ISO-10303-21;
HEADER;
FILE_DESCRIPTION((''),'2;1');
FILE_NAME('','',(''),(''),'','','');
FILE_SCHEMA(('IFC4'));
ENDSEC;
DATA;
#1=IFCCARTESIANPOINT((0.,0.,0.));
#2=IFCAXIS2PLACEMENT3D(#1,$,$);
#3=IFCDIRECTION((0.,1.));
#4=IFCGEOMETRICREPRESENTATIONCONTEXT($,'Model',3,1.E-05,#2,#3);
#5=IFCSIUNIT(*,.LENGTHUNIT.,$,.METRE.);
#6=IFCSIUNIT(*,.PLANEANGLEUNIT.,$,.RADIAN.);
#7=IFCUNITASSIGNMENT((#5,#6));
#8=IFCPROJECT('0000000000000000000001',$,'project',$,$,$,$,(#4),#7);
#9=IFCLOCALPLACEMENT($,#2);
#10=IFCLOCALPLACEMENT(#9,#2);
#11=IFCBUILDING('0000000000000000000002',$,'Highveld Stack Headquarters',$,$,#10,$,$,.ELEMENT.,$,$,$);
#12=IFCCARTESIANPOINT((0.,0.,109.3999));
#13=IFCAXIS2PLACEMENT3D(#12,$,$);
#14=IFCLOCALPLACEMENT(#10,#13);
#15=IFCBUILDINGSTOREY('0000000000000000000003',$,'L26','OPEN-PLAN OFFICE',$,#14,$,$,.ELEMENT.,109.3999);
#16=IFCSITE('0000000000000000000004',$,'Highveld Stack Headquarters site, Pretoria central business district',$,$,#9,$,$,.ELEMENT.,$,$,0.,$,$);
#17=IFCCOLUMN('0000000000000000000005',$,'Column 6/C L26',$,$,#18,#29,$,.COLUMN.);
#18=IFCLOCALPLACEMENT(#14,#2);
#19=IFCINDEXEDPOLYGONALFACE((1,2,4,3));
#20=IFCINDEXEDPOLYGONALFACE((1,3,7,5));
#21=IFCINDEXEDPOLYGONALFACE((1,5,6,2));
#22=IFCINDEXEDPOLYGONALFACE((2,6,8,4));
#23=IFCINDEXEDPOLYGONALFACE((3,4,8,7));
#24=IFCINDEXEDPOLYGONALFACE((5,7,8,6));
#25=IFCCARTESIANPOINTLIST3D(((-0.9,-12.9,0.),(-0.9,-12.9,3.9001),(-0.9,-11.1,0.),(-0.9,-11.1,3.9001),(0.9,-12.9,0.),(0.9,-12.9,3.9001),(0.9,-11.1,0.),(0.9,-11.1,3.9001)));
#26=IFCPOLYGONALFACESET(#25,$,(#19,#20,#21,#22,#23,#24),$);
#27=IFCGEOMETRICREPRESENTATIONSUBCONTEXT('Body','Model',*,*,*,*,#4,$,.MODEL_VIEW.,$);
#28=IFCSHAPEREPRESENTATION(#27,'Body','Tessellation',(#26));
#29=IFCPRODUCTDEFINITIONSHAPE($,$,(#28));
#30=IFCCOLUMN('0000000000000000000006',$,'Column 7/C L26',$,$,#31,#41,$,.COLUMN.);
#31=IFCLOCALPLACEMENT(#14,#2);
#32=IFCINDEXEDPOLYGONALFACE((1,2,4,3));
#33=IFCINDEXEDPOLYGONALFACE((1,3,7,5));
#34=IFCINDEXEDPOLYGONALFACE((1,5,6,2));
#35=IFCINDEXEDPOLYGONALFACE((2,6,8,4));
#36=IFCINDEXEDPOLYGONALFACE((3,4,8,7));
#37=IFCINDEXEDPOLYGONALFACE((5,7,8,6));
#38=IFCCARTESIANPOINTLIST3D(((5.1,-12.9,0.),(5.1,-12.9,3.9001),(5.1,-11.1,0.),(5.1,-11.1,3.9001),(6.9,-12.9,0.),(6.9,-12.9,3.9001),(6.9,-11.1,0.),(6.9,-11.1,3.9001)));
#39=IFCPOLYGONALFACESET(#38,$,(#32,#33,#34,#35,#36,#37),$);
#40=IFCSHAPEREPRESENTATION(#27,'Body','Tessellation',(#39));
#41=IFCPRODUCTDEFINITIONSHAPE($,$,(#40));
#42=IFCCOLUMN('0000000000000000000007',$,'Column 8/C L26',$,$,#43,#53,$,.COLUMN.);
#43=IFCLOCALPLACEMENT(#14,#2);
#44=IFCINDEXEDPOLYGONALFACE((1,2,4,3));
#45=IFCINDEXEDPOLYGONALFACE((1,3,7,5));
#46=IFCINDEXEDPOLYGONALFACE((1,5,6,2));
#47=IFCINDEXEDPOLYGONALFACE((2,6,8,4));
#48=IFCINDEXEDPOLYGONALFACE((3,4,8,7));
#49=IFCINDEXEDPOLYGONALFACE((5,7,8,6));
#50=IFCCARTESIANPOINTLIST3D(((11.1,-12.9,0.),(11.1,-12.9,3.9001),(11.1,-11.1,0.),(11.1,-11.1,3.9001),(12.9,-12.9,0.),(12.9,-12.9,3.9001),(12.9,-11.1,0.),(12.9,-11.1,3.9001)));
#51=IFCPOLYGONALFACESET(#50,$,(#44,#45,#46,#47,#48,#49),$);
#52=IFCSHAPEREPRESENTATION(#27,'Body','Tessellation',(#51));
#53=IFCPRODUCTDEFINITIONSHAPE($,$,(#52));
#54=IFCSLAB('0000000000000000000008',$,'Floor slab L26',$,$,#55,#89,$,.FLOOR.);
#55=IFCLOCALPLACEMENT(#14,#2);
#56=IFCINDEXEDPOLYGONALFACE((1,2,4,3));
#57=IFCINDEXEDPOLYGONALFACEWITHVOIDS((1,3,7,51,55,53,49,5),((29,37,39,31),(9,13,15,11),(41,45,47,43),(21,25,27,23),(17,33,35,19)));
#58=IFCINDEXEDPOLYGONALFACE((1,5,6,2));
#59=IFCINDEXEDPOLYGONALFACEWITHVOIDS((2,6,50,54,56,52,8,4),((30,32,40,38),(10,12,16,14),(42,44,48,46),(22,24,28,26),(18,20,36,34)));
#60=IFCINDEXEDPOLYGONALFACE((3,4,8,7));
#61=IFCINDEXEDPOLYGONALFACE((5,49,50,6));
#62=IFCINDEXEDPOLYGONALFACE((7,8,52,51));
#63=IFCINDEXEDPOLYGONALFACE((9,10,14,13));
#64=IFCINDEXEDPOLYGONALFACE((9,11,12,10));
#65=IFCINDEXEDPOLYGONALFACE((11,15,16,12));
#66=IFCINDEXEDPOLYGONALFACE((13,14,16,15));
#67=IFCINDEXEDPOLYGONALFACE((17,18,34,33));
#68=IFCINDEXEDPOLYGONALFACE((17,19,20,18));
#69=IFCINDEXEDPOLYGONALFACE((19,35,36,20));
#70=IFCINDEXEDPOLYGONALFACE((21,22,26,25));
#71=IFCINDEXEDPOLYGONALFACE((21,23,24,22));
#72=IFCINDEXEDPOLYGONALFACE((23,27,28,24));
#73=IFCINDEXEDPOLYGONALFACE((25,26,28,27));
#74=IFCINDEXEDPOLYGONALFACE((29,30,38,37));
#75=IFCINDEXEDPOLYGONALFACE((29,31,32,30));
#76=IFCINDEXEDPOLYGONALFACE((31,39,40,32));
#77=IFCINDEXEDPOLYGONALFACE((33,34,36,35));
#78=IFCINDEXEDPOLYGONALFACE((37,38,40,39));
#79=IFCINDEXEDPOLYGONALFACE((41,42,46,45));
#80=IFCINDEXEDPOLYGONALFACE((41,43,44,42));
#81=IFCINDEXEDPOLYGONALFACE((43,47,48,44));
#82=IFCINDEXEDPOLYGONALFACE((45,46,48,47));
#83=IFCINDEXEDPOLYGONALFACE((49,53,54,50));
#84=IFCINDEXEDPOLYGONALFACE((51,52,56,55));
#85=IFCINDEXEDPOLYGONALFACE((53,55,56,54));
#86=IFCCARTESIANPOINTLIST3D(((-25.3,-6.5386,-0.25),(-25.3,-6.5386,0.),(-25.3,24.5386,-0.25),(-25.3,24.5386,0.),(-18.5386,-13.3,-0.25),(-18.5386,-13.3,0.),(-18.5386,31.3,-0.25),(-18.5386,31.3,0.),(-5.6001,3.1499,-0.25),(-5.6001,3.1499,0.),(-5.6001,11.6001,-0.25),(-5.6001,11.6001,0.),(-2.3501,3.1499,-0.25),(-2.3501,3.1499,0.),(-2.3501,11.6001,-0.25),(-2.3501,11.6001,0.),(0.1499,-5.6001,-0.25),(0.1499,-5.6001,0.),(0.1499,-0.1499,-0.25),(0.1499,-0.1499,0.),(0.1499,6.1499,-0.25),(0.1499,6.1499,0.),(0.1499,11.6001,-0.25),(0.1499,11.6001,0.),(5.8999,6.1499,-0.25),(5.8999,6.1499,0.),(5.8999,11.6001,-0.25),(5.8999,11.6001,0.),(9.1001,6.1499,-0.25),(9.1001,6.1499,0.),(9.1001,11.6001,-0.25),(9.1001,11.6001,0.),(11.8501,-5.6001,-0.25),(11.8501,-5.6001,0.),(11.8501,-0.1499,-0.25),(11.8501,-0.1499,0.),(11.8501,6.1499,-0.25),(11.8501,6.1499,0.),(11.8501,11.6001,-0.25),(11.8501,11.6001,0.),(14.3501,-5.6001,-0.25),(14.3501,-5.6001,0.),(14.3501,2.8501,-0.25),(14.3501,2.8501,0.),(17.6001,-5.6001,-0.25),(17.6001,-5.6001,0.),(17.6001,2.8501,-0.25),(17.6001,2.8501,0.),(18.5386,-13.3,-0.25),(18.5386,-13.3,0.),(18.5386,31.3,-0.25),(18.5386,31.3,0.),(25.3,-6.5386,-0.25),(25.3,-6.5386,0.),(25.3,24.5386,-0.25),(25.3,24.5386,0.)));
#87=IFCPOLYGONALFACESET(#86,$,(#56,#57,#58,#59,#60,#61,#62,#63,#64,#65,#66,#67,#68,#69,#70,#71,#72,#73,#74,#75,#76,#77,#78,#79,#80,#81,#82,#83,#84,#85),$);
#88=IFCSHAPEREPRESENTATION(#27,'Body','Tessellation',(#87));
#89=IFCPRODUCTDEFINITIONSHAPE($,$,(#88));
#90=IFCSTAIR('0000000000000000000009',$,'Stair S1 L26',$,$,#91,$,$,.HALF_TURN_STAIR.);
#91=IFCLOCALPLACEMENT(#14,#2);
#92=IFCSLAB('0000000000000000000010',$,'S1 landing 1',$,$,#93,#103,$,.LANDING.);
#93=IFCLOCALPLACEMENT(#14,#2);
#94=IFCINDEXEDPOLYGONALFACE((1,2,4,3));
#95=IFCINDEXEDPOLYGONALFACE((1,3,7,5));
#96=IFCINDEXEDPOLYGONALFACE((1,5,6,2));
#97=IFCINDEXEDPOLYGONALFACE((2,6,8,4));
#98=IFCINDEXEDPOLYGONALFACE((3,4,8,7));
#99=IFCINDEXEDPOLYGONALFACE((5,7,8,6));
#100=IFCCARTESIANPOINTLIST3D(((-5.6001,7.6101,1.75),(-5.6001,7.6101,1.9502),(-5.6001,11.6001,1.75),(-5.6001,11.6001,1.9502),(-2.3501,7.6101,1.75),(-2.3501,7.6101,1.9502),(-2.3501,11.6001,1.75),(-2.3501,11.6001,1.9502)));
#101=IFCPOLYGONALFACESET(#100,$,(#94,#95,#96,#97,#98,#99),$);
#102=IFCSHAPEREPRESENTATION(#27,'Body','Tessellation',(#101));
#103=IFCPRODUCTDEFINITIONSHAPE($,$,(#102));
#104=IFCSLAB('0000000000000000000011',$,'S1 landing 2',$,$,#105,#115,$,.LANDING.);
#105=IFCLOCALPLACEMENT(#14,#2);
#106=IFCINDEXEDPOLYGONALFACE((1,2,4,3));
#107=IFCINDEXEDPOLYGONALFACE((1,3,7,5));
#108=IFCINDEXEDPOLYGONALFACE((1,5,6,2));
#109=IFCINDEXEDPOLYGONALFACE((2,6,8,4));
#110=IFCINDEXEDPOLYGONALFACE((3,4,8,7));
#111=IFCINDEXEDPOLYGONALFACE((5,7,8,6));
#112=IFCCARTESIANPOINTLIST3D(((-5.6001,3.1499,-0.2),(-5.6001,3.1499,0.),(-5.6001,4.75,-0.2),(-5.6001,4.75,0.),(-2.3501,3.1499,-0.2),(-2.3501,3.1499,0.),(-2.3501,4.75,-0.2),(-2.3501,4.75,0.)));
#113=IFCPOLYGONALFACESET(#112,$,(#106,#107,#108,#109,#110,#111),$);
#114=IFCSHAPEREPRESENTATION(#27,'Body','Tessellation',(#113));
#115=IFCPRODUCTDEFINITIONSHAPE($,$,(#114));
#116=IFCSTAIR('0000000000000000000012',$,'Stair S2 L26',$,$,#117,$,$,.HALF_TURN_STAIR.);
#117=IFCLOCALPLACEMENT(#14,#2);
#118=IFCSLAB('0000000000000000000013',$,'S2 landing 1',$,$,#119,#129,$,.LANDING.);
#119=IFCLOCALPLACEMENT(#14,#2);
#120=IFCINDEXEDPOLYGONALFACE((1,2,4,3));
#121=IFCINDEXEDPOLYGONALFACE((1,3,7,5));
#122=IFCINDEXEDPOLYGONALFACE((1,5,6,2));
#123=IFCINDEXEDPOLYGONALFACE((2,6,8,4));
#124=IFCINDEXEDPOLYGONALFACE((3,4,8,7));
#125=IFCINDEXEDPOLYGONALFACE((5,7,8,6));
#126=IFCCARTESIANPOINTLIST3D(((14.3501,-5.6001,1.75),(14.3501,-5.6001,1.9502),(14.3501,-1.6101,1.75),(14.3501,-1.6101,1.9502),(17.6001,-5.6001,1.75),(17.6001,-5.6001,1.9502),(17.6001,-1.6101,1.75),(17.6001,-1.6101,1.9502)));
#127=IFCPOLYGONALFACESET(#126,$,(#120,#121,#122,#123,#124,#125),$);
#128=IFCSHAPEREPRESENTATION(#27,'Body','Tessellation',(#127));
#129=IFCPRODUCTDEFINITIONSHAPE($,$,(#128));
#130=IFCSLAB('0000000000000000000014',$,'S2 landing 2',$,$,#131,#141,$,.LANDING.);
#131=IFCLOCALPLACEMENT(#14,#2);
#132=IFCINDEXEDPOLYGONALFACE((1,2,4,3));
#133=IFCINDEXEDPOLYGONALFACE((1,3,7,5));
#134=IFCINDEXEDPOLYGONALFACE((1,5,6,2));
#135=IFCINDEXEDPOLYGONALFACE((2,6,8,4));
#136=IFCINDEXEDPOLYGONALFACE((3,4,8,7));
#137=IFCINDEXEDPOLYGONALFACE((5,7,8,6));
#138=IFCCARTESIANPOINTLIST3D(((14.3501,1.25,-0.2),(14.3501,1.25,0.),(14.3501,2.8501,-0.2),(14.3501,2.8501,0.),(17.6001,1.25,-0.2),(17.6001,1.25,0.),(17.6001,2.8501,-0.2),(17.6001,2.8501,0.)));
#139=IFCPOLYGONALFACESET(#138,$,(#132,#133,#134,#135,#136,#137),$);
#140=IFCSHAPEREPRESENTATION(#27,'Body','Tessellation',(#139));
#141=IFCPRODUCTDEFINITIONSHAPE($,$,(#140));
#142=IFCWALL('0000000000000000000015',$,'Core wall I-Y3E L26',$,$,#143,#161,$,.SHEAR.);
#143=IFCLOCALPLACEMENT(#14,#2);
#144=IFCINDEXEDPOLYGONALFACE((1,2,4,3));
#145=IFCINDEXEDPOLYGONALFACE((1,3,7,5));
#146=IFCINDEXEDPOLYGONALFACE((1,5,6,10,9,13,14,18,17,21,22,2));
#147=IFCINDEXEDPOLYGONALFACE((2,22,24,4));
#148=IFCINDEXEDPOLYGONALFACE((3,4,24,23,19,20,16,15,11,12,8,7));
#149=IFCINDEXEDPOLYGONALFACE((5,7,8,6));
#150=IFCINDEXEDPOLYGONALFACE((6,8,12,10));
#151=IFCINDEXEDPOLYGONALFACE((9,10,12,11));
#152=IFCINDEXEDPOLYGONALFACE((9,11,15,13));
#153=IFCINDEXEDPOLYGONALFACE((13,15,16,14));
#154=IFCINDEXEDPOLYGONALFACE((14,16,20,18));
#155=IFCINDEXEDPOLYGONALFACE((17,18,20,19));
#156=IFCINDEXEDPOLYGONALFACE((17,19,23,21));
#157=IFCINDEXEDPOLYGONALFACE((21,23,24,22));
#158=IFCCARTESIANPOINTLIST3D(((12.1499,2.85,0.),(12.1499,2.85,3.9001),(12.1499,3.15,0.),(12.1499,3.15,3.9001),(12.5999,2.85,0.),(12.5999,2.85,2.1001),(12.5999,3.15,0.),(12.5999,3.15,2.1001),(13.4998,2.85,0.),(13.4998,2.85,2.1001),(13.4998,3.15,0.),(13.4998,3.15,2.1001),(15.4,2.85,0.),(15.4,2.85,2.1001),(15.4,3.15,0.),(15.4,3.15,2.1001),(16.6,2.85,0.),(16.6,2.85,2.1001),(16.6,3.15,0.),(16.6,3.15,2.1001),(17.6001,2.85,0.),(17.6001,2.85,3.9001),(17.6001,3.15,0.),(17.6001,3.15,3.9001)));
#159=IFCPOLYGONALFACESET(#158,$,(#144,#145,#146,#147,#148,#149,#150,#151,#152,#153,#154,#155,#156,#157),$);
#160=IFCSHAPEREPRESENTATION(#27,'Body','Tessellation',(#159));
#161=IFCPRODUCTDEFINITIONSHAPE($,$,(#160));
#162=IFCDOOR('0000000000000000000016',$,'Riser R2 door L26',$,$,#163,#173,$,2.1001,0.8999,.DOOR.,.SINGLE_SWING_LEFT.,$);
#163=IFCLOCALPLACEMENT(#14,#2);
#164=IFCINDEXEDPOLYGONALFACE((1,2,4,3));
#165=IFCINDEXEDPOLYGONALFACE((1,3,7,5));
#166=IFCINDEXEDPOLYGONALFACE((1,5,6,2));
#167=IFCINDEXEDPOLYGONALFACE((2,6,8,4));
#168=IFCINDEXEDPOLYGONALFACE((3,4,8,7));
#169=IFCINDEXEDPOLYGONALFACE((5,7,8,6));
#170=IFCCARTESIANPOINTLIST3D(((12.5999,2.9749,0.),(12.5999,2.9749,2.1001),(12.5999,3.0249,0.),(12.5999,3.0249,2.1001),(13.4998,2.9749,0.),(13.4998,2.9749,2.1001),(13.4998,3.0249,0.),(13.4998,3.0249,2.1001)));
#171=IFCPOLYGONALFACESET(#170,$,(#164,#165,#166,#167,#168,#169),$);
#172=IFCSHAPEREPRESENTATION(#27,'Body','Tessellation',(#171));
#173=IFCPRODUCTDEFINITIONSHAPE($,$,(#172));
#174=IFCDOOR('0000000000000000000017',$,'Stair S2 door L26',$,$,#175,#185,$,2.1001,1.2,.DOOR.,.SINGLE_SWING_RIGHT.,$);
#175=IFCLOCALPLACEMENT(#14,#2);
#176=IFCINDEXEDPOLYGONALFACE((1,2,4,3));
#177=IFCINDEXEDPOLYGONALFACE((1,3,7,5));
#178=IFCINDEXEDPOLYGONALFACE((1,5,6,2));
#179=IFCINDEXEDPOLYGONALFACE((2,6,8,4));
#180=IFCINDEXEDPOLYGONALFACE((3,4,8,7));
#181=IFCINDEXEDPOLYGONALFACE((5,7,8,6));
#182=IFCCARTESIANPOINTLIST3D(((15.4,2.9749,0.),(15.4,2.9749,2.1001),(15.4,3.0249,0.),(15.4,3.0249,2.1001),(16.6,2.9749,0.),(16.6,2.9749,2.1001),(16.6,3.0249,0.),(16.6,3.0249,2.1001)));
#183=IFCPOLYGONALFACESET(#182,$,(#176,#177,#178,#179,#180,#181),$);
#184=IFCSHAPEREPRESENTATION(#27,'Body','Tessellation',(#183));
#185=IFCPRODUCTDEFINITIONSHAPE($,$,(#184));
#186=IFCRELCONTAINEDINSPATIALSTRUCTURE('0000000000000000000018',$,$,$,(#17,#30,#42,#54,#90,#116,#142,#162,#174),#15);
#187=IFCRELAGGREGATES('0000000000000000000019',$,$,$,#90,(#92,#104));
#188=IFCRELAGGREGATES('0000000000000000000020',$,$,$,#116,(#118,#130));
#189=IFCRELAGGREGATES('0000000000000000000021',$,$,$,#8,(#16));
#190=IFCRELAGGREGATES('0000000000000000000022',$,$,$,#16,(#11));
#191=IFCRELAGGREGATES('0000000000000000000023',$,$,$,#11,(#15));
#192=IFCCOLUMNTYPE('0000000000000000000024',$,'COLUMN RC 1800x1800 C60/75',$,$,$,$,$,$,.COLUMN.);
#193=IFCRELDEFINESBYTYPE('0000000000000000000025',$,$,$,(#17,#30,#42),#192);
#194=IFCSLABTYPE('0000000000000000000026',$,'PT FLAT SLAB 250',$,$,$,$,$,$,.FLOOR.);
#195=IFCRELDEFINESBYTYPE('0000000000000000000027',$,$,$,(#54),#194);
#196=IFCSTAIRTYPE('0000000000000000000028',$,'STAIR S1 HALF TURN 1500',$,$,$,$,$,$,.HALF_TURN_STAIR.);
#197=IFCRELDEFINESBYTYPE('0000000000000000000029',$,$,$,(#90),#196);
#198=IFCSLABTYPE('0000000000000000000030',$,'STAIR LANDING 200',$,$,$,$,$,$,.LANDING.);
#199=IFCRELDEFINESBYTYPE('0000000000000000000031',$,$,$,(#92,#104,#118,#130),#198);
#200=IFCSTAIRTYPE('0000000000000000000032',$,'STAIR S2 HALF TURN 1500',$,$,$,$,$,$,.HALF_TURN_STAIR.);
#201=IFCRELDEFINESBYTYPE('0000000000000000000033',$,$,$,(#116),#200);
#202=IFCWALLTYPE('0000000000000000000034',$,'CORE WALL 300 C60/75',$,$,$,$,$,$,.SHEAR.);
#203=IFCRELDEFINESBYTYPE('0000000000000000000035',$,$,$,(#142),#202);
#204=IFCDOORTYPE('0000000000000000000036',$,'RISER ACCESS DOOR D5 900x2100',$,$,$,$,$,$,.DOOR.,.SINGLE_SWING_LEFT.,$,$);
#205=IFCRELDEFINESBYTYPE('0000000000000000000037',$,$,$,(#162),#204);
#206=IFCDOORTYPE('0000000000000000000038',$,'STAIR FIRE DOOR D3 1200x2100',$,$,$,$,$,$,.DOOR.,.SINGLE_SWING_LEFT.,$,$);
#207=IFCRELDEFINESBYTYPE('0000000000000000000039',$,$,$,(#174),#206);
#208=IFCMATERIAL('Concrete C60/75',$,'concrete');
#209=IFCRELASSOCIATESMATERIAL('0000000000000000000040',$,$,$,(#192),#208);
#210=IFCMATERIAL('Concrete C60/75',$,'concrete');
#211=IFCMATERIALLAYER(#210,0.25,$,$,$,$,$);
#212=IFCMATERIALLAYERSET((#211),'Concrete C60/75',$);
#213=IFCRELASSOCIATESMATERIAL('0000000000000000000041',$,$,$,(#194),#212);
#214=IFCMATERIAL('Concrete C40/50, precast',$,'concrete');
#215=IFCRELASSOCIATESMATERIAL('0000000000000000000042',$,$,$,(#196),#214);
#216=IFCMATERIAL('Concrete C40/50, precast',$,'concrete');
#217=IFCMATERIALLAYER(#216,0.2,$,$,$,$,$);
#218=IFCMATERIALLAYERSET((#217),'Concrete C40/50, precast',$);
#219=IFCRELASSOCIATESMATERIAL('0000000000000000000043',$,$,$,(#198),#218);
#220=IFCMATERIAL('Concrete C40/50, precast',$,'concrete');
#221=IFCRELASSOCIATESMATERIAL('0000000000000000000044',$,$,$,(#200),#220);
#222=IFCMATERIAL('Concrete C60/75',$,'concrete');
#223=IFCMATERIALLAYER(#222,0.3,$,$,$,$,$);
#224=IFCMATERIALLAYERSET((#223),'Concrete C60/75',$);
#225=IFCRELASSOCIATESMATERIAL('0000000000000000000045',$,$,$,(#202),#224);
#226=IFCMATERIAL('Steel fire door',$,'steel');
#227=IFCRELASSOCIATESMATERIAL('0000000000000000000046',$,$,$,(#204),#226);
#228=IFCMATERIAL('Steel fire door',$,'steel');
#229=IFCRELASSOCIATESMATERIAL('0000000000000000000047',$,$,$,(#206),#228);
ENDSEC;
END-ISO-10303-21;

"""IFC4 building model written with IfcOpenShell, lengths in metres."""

from ifc_helpers import new_model, si_unit, direction, frame, frame_2d, origin, origin_2d, place, context, subcontext, project, spatial, polyline, rectangle, outline, extrude, material, layer, layer_set, material_profile, profile_set, type_object, element, fill, aggregate, save


model = new_model("IFC4")

# Units and contexts
model_context = context("Model", 3, precision=1e-05, world=origin(), true_north=direction((0.0, 1.0)))
body_context = subcontext(model_context, "Body", "Model", "MODEL_VIEW")
ifc_project = project(units=[si_unit("LENGTHUNIT", "METRE"), si_unit("PLANEANGLEUNIT", "RADIAN")], contexts=[model_context])

# Site, building, storey
site_placement = place(None, origin())
site = spatial("IfcSite", under=ifc_project, at=site_placement, Name="Highveld Stack Headquarters site, Pretoria central business district", CompositionType="ELEMENT", RefElevation=0.0)
building_placement = place(site_placement, origin())
building = spatial("IfcBuilding", under=site, at=building_placement, Name="Highveld Stack Headquarters", CompositionType="ELEMENT")
storey_placement = place(building_placement, frame((0.0, 0.0, 109.3999)))
storey = spatial("IfcBuildingStorey", under=building, at=storey_placement, Name="L26", Description="OPEN-PLAN OFFICE", CompositionType="ELEMENT", Elevation=109.3999)

# Columns
ifc_material_1 = material(Name="Concrete C60/75", Category="concrete")
ifc_material_profile = material_profile(ifc_material_1, rectangle(XDim=1.8, YDim=1.8, at=origin_2d()), Name="RC 1800x1800")
ifc_profile_set = profile_set([ifc_material_profile], Name="Concrete C60/75")
column_type = type_object("IfcColumnType", Name="COLUMN RC 1800x1800 C60/75", PredefinedType="COLUMN", material=ifc_profile_set)
for number, where, z_axis, x_axis, name in (
    (1, (0.0, -12.0, 0.0), (0.0, 0.0, 1.0), (1.0, 0.0, 0.0), "Column 6/C L26"),
    (2, (6.0, -12.0, 0.0), (0.0, 0.0, 1.0), (1.0, 0.0, 0.0), "Column 7/C L26"),
    (3, (12.0, -12.0, 0.0), (0.0, 0.0, 1.0), (1.0, 0.0, 0.0), "Column 8/C L26"),
):
    element("IfcColumn", number, at=place(storey_placement, frame(where, z_axis=z_axis, x_axis=x_axis)), inside=storey, type_object=column_type, Name=name, PredefinedType="COLUMN", context=body_context, shape_type="SweptSolid", body=[
        extrude(rectangle(XDim=1.8, YDim=1.8, at=origin_2d()), origin(), (0.0, 0.0, 1.0), 3.9001),
    ])

# Slab
ifc_material_2 = material(Name="Concrete C60/75", Category="concrete")
ifc_layer_1 = layer(ifc_material_2, 0.25)
ifc_layer_set_1 = layer_set([ifc_layer_1], Name="Concrete C60/75")
slab_type_1 = type_object("IfcSlabType", Name="PT FLAT SLAB 250", PredefinedType="FLOOR", material=ifc_layer_set_1)
slab_1_placement = place(storey_placement, frame((0.0, 0.0, -0.25)))
element("IfcSlab", 4, at=slab_1_placement, inside=storey, type_object=slab_type_1, Name="Floor slab L26", PredefinedType="FLOOR", context=body_context, shape_type="SweptSolid", body=[
    extrude(outline(polyline([(-18.5386, -13.3), (18.5386, -13.3), (25.3, -6.5386), (25.3, 24.5386), (18.5386, 31.3), (-18.5386, 31.3), (-25.3, 24.5386), (-25.3, -6.5386), (-18.5386, -13.3)]), holes=[polyline([(0.1499, 6.1499), (5.8999, 6.1499), (5.8999, 11.6001), (0.1499, 11.6001), (0.1499, 6.1499)]), polyline([(9.1001, 6.1499), (11.8501, 6.1499), (11.8501, 11.6001), (9.1001, 11.6001), (9.1001, 6.1499)]), polyline([(0.1499, -5.6001), (11.8501, -5.6001), (11.8501, -0.1499), (0.1499, -0.1499), (0.1499, -5.6001)]), polyline([(-5.6001, 3.1499), (-2.3501, 3.1499), (-2.3501, 11.6001), (-5.6001, 11.6001), (-5.6001, 3.1499)]), polyline([(14.3501, -5.6001), (17.6001, -5.6001), (17.6001, 2.8501), (14.3501, 2.8501), (14.3501, -5.6001)])]), origin(), (0.0, 0.0, 1.0), 0.25),
])

# Stairs, slabs
ifc_material_3 = material(Name="Concrete C40/50, precast", Category="concrete")
stair_type_1 = type_object("IfcStairType", Name="STAIR S1 HALF TURN 1500", PredefinedType="HALF_TURN_STAIR", material=ifc_material_3)
stair_1_placement = place(storey_placement, origin())
stair_1 = element("IfcStair", 5, at=stair_1_placement, inside=storey, type_object=stair_type_1, Name="Stair S1 L26", PredefinedType="HALF_TURN_STAIR")
ifc_material_4 = material(Name="Concrete C40/50, precast", Category="concrete")
ifc_layer_2 = layer(ifc_material_4, 0.2)
ifc_layer_set_2 = layer_set([ifc_layer_2], Name="Concrete C40/50, precast")
slab_type_2 = type_object("IfcSlabType", Name="STAIR LANDING 200", PredefinedType="LANDING", material=ifc_layer_set_2)
slab_2_placement = place(storey_placement, frame((0.0, 0.0, 1.75)))
slab_2 = element("IfcSlab", 6, at=slab_2_placement, type_object=slab_type_2, Name="S1 landing 1", PredefinedType="LANDING", context=body_context, shape_type="SweptSolid", body=[
    extrude(outline(polyline([(-5.6001, 7.6101), (-2.3501, 7.6101), (-2.3501, 11.6001), (-5.6001, 11.6001), (-5.6001, 7.6101)])), origin(), (0.0, 0.0, 1.0), 0.2002),
])
slab_3_placement = place(storey_placement, frame((0.0, 0.0, -0.2)))
slab_3 = element("IfcSlab", 7, at=slab_3_placement, type_object=slab_type_2, Name="S1 landing 2", PredefinedType="LANDING", context=body_context, shape_type="SweptSolid", body=[
    extrude(outline(polyline([(-5.6001, 3.1499), (-2.3501, 3.1499), (-2.3501, 4.75), (-5.6001, 4.75), (-5.6001, 3.1499)])), origin(), (0.0, 0.0, 1.0), 0.2),
])
aggregate(stair_1, [slab_2, slab_3])
ifc_material_5 = material(Name="Concrete C40/50, precast", Category="concrete")
stair_type_2 = type_object("IfcStairType", Name="STAIR S2 HALF TURN 1500", PredefinedType="HALF_TURN_STAIR", material=ifc_material_5)
stair_2_placement = place(storey_placement, origin())
stair_2 = element("IfcStair", 8, at=stair_2_placement, inside=storey, type_object=stair_type_2, Name="Stair S2 L26", PredefinedType="HALF_TURN_STAIR")
slab_4_placement = place(storey_placement, frame((0.0, 0.0, 1.75)))
slab_4 = element("IfcSlab", 9, at=slab_4_placement, type_object=slab_type_2, Name="S2 landing 1", PredefinedType="LANDING", context=body_context, shape_type="SweptSolid", body=[
    extrude(outline(polyline([(14.3501, -5.6001), (17.6001, -5.6001), (17.6001, -1.6101), (14.3501, -1.6101), (14.3501, -5.6001)])), origin(), (0.0, 0.0, 1.0), 0.2002),
])
slab_5_placement = place(storey_placement, frame((0.0, 0.0, -0.2)))
slab_5 = element("IfcSlab", 10, at=slab_5_placement, type_object=slab_type_2, Name="S2 landing 2", PredefinedType="LANDING", context=body_context, shape_type="SweptSolid", body=[
    extrude(outline(polyline([(14.3501, 1.25), (17.6001, 1.25), (17.6001, 2.8501), (14.3501, 2.8501), (14.3501, 1.25)])), origin(), (0.0, 0.0, 1.0), 0.2),
])

# Wall, openings, doors
ifc_material_6 = material(Name="Concrete C60/75", Category="concrete")
ifc_layer_3 = layer(ifc_material_6, 0.3)
ifc_layer_set_3 = layer_set([ifc_layer_3], Name="Concrete C60/75")
wall_type_1 = type_object("IfcWallType", Name="CORE WALL 300 C60/75", PredefinedType="SHEAR", material=ifc_layer_set_3)
wall_1_placement = place(storey_placement, frame((12.1499, 3.0, 0.0), z_axis=(0.0, 0.0, 1.0), x_axis=(1.0, 0.0, 0.0)))
wall_1 = element("IfcWall", 11, at=wall_1_placement, inside=storey, type_object=wall_type_1, Name="Core wall I-Y3E L26", PredefinedType="SHEAR", context=body_context, shape_type="SweptSolid", body=[
    extrude(rectangle(XDim=5.4502, YDim=0.3, at=frame_2d((2.7251, 0.0))), origin(), (0.0, 0.0, 1.0), 3.9001),
])
opening_1_placement = place(wall_1_placement, frame((3.25, 0.0, 0.0)))
opening_1 = element("IfcOpeningElement", 12, at=opening_1_placement, cuts=wall_1, PredefinedType="OPENING", context=body_context, shape_type="SweptSolid", body=[
    extrude(rectangle(XDim=1.2, YDim=2.1001, at=frame_2d((0.6001, 1.05))), frame((0.0, 0.1599, 0.0), z_axis=(0.0, -1.0, 0.0), x_axis=(1.0, 0.0, 0.0)), (0.0, 0.0, 1.0), 0.3201),
])
opening_2_placement = place(wall_1_placement, frame((0.45, 0.0, 0.0)))
opening_2 = element("IfcOpeningElement", 13, at=opening_2_placement, cuts=wall_1, PredefinedType="OPENING", context=body_context, shape_type="SweptSolid", body=[
    extrude(rectangle(XDim=0.8999, YDim=2.1001, at=frame_2d((0.45, 1.05))), frame((0.0, 0.1599, 0.0), z_axis=(0.0, -1.0, 0.0), x_axis=(1.0, 0.0, 0.0)), (0.0, 0.0, 1.0), 0.3201),
])
ifc_material_7 = material(Name="Steel fire door", Category="steel")
door_type_1 = type_object("IfcDoorType", Name="RISER ACCESS DOOR D5 900x2100", OperationType="SINGLE_SWING_LEFT", PredefinedType="DOOR", material=ifc_material_7)
door_1_placement = place(opening_2_placement, origin())
door_1 = element("IfcDoor", 14, at=door_1_placement, inside=storey, type_object=door_type_1, Name="Riser R2 door L26", OperationType="SINGLE_SWING_LEFT", OverallHeight=2.1001, OverallWidth=0.8999, PredefinedType="DOOR", context=body_context, shape_type="SweptSolid", body=[
    extrude(rectangle(XDim=0.8999, YDim=2.1001, at=frame_2d((0.45, 1.05))), frame((0.0, 0.0249, 0.0), z_axis=(0.0, -1.0, 0.0), x_axis=(1.0, 0.0, 0.0)), (0.0, 0.0, 1.0), 0.05),
])
fill(opening_2, door_1)
ifc_material_8 = material(Name="Steel fire door", Category="steel")
door_type_2 = type_object("IfcDoorType", Name="STAIR FIRE DOOR D3 1200x2100", OperationType="SINGLE_SWING_LEFT", PredefinedType="DOOR", material=ifc_material_8)
door_2_placement = place(opening_1_placement, origin())
door_2 = element("IfcDoor", 15, at=door_2_placement, inside=storey, type_object=door_type_2, Name="Stair S2 door L26", OperationType="SINGLE_SWING_RIGHT", OverallHeight=2.1001, OverallWidth=1.2, PredefinedType="DOOR", context=body_context, shape_type="SweptSolid", body=[
    extrude(rectangle(XDim=1.2, YDim=2.1001, at=frame_2d((0.6001, 1.05))), frame((0.0, 0.0249, 0.0), z_axis=(0.0, -1.0, 0.0), x_axis=(1.0, 0.0, 0.0)), (0.0, 0.0, 1.0), 0.05),
])
fill(opening_1, door_2)

aggregate(stair_2, [slab_4, slab_5])

save(model, "model.ifc")
